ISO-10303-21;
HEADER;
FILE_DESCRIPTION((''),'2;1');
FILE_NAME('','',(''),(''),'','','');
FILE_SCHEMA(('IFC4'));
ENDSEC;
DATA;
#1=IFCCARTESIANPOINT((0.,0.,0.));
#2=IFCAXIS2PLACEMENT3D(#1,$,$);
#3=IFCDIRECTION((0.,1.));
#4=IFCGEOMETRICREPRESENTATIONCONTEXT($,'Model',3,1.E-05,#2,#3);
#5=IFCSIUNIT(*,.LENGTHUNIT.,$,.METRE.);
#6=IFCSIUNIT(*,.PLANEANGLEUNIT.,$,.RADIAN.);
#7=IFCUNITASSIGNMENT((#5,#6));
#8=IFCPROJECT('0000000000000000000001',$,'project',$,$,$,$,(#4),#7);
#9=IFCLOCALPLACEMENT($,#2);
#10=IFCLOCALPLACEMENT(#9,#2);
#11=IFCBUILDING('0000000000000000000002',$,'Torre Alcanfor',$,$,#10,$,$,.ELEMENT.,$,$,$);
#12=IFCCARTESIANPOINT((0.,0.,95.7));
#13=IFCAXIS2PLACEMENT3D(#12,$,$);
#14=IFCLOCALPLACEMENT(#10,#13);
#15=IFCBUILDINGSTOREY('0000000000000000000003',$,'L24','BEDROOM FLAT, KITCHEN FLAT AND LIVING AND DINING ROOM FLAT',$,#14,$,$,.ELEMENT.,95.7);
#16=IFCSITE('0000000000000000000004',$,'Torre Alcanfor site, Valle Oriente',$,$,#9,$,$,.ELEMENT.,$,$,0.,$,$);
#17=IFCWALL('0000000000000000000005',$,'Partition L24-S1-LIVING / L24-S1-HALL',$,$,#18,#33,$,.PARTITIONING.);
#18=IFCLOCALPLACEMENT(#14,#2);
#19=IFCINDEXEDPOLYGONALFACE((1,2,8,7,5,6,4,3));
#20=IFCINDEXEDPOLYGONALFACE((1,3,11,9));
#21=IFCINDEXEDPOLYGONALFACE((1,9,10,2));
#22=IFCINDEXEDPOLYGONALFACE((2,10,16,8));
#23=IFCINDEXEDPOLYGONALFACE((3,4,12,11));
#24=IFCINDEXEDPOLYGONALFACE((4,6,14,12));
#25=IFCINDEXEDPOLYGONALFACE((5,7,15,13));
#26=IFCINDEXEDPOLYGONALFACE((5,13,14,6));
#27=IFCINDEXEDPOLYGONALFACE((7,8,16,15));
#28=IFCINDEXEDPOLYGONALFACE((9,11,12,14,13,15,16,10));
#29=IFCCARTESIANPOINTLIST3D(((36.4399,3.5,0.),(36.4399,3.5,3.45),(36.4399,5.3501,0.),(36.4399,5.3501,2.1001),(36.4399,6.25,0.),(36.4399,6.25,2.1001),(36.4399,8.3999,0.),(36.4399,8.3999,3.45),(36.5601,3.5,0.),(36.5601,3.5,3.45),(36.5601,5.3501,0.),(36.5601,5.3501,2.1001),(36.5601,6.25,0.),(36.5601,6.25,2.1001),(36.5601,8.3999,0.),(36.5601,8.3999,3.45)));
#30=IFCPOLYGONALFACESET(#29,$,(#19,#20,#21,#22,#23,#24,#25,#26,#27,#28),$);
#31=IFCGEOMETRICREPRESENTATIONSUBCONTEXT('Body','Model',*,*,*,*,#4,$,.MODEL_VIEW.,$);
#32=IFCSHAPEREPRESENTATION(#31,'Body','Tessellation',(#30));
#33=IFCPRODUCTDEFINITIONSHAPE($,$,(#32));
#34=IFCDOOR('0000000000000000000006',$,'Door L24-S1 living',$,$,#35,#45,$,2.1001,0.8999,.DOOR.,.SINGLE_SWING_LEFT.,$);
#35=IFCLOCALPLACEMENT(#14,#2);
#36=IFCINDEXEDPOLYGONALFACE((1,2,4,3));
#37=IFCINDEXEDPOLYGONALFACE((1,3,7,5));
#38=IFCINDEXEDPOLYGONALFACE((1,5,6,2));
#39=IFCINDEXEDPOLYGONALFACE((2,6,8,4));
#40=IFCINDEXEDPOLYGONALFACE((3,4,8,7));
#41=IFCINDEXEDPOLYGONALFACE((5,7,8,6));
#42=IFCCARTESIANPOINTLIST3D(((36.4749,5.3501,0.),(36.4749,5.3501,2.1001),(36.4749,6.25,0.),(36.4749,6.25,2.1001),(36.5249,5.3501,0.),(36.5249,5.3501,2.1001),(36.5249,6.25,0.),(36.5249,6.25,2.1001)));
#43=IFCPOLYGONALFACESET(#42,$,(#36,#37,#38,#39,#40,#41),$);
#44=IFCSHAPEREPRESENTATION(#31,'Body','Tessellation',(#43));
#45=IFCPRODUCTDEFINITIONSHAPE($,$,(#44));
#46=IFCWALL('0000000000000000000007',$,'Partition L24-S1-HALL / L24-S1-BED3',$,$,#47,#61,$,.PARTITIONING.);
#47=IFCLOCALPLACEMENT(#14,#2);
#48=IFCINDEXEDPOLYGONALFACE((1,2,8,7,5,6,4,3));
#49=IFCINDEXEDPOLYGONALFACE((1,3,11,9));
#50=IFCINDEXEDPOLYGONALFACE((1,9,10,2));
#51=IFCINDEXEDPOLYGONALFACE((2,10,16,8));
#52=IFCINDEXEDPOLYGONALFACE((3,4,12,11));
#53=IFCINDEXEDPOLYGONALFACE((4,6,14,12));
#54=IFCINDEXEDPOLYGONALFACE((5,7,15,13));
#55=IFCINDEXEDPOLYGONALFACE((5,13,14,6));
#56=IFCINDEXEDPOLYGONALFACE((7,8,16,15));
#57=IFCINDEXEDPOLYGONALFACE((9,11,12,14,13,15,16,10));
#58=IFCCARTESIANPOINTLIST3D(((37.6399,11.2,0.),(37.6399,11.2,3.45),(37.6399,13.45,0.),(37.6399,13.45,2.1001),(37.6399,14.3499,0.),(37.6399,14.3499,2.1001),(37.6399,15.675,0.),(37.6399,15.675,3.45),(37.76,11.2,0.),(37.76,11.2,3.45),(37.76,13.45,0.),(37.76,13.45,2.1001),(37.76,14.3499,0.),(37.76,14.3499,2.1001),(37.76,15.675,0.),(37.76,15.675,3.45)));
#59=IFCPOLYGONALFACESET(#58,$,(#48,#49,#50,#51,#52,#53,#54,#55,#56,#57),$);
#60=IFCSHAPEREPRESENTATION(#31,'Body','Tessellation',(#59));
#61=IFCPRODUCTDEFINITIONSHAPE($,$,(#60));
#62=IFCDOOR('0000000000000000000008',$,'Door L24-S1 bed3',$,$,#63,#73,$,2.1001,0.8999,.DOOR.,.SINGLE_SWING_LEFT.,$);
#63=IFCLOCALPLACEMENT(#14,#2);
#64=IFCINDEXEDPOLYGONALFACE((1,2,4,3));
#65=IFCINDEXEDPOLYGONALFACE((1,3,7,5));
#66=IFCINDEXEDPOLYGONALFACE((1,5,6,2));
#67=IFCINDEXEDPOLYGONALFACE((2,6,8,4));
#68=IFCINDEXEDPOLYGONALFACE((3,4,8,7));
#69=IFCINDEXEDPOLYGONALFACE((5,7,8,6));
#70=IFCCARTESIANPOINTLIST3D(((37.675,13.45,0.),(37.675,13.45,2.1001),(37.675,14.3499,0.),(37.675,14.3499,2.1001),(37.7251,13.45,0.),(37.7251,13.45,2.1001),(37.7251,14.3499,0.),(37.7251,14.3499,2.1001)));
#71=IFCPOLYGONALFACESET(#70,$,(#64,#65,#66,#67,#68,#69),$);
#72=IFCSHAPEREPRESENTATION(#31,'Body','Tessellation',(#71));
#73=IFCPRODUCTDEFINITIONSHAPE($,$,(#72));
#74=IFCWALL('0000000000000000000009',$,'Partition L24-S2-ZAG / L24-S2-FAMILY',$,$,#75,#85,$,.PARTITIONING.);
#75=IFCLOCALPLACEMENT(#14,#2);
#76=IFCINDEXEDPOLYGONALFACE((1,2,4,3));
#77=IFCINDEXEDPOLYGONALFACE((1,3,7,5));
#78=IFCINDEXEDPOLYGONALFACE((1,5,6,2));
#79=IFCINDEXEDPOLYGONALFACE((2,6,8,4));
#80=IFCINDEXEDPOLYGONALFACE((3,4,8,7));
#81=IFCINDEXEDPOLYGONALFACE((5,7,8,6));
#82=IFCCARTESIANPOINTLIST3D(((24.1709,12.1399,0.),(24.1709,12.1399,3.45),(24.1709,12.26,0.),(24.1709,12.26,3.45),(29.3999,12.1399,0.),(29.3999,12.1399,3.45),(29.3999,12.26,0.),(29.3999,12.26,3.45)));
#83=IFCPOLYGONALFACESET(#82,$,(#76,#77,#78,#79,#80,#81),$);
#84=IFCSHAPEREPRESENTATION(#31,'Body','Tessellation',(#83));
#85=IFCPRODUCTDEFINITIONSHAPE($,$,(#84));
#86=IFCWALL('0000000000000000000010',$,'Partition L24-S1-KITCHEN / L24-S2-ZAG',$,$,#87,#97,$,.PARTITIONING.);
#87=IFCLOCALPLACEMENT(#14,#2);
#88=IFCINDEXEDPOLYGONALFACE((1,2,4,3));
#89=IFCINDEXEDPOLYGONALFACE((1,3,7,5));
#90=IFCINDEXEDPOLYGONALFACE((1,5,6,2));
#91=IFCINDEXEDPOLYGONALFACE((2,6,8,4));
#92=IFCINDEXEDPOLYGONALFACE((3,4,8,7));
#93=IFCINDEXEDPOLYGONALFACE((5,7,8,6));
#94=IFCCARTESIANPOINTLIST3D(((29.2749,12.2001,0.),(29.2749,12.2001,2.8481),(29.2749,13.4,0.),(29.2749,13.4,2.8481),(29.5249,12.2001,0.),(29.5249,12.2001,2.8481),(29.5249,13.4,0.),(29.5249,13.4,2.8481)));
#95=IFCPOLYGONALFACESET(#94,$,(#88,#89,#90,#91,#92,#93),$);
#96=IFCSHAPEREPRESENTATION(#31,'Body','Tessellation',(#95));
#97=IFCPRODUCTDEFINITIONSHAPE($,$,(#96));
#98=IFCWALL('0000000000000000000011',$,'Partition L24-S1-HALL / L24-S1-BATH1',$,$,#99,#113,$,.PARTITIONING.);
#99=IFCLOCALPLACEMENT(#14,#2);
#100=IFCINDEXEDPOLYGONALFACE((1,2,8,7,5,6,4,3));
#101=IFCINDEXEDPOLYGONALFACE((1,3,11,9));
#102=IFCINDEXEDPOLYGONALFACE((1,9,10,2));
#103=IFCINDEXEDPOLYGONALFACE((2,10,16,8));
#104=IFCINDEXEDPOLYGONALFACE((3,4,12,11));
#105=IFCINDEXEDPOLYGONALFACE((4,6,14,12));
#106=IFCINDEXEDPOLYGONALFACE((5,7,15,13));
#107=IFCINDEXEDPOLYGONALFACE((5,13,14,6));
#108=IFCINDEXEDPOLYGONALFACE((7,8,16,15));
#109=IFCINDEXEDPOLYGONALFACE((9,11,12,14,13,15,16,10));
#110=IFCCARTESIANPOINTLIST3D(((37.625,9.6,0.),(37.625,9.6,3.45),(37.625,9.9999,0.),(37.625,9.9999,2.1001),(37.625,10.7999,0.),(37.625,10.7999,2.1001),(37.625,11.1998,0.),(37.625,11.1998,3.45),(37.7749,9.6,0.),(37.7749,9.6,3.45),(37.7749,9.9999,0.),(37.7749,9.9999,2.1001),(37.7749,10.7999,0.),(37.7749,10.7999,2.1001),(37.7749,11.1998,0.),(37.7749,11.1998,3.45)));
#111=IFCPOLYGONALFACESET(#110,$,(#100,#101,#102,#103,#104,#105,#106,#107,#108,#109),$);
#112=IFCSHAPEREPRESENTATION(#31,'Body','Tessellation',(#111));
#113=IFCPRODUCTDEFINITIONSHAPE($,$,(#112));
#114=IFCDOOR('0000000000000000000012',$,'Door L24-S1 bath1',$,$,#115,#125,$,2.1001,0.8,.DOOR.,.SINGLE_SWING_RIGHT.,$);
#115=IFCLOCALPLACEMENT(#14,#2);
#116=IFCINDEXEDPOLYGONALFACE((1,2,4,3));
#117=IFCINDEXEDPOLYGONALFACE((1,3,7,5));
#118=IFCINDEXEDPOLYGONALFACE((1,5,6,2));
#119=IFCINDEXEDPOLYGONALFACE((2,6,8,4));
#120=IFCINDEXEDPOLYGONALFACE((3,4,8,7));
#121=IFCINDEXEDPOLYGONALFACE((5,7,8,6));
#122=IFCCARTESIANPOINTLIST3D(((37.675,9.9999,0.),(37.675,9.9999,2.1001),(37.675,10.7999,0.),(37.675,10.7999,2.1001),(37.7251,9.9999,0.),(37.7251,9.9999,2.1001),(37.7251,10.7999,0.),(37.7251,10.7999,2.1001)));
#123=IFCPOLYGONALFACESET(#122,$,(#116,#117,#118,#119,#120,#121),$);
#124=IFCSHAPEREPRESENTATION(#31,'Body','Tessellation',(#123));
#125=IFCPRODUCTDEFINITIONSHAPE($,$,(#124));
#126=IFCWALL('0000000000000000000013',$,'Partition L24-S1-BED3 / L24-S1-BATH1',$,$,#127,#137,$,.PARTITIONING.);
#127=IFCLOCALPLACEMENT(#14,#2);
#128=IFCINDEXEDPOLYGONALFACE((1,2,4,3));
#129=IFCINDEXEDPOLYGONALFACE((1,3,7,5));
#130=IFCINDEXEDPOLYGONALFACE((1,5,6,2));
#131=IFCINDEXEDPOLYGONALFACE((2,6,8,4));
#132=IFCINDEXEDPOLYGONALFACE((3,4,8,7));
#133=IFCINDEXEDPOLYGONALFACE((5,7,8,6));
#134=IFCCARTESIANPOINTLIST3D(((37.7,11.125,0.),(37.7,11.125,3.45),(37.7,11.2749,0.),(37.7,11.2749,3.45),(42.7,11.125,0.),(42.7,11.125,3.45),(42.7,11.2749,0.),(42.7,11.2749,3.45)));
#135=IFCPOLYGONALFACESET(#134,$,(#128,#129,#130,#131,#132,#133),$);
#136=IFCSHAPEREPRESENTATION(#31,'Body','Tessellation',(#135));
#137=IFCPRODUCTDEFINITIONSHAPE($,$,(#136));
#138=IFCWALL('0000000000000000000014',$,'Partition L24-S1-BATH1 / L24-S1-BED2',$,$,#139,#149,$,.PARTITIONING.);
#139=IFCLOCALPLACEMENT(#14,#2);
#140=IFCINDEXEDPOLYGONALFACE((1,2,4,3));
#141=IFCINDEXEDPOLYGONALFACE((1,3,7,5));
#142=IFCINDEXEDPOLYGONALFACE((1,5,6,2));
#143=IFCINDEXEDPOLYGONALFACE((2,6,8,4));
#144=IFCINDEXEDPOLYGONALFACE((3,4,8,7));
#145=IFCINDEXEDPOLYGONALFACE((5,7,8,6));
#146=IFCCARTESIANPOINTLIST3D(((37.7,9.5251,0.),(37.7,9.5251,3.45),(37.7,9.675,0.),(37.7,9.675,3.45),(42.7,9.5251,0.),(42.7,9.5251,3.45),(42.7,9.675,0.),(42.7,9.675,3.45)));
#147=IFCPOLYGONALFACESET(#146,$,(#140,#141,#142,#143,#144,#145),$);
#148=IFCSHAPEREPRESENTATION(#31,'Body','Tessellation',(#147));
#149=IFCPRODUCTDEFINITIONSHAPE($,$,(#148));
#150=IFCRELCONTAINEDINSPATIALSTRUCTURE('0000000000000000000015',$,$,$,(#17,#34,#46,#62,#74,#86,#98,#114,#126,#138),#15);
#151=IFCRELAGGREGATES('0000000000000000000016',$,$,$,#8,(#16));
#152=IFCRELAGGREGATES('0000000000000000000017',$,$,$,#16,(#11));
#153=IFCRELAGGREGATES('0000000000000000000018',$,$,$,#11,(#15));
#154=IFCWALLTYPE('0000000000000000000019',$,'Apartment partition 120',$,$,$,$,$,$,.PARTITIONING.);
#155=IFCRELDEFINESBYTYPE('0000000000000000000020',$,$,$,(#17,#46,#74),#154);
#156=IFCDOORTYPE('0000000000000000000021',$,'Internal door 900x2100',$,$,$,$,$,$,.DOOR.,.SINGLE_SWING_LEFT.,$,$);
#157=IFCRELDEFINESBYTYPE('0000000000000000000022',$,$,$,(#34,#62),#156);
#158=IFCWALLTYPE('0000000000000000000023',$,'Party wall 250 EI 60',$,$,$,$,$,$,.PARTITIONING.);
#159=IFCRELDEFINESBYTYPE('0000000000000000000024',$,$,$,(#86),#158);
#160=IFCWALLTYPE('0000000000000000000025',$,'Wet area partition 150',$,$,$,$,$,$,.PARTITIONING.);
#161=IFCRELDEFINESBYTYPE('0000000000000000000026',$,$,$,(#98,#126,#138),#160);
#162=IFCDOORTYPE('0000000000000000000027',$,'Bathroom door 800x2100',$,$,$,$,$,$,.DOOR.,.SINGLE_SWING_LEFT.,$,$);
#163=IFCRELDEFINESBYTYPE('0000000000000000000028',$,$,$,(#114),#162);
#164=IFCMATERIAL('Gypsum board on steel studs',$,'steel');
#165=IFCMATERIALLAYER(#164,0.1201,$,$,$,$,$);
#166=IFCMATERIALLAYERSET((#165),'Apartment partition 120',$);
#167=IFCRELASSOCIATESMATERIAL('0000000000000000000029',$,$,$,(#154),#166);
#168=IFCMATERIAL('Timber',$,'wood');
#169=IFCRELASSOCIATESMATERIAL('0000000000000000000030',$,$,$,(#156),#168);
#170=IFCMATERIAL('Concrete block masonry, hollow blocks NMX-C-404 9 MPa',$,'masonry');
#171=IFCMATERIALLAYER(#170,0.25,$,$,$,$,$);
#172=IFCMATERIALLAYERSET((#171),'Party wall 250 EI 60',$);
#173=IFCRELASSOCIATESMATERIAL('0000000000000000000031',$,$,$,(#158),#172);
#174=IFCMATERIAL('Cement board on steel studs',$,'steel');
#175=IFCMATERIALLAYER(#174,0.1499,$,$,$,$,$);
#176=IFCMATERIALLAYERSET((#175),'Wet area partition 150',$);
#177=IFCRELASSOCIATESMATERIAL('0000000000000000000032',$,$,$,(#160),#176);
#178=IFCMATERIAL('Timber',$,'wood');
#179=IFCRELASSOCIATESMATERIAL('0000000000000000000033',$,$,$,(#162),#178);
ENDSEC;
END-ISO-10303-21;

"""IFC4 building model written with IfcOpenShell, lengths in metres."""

from ifc_helpers import new_model, si_unit, direction, frame, frame_2d, origin, place, context, subcontext, project, spatial, rectangle, extrude, material, layer, layer_set, type_object, element, fill, save


model = new_model("IFC4")

# Units and contexts
model_context = context("Model", 3, precision=1e-05, world=origin(), true_north=direction((0.0, 1.0)))
body_context = subcontext(model_context, "Body", "Model", "MODEL_VIEW")
ifc_project = project(units=[si_unit("LENGTHUNIT", "METRE"), si_unit("PLANEANGLEUNIT", "RADIAN")], contexts=[model_context])

# Site, building, storey
site_placement = place(None, origin())
site = spatial("IfcSite", under=ifc_project, at=site_placement, Name="Torre Alcanfor site, Valle Oriente", CompositionType="ELEMENT", RefElevation=0.0)
building_placement = place(site_placement, origin())
building = spatial("IfcBuilding", under=site, at=building_placement, Name="Torre Alcanfor", CompositionType="ELEMENT")
storey_placement = place(building_placement, frame((0.0, 0.0, 95.7)))
storey = spatial("IfcBuildingStorey", under=building, at=storey_placement, Name="L24", Description="BEDROOM FLAT, KITCHEN FLAT AND LIVING AND DINING ROOM FLAT", CompositionType="ELEMENT", Elevation=95.7)

# Shared definitions
ifc_material_1 = material(Name="Gypsum board on steel studs", Category="steel")
ifc_layer_1 = layer(ifc_material_1, 0.1201)
ifc_layer_set_1 = layer_set([ifc_layer_1], Name="Apartment partition 120")
wall_type_1 = type_object("IfcWallType", Name="Apartment partition 120", PredefinedType="PARTITIONING", material=ifc_layer_set_1)
ifc_material_2 = material(Name="Timber", Category="wood")
door_type_1 = type_object("IfcDoorType", Name="Internal door 900x2100", OperationType="SINGLE_SWING_LEFT", PredefinedType="DOOR", material=ifc_material_2)

# Walls, openings, doors
wall_1_placement = place(storey_placement, frame((36.5, 8.3999, 0.0), z_axis=(0.0, 0.0, 1.0), x_axis=(0.0, -1.0, 0.0)))
wall_1 = element("IfcWall", 1, at=wall_1_placement, inside=storey, type_object=wall_type_1, Name="Partition L24-S1-LIVING / L24-S1-HALL", PredefinedType="PARTITIONING", context=body_context, shape_type="SweptSolid", body=[
    extrude(rectangle(XDim=4.8999, YDim=0.1201, at=frame_2d((2.45, 0.0))), origin(), (0.0, 0.0, 1.0), 3.45),
])
opening_1_placement = place(wall_1_placement, frame((2.1499, 0.0, 0.0)))
opening_1 = element("IfcOpeningElement", 2, at=opening_1_placement, cuts=wall_1, PredefinedType="OPENING", context=body_context, shape_type="SweptSolid", body=[
    extrude(rectangle(XDim=0.8999, YDim=2.1001, at=frame_2d((0.45, 1.05))), frame((0.0, 0.0701, 0.0), z_axis=(0.0, -1.0, 0.0), x_axis=(1.0, 0.0, 0.0)), (0.0, 0.0, 1.0), 0.1401),
])
door_1_placement = place(opening_1_placement, frame((0.8999, 0.0, 0.0), z_axis=(0.0, 0.0, 1.0), x_axis=(-1.0, 0.0, 0.0)))
door_1 = element("IfcDoor", 3, at=door_1_placement, inside=storey, type_object=door_type_1, Name="Door L24-S1 living", OperationType="SINGLE_SWING_LEFT", OverallHeight=2.1001, OverallWidth=0.8999, PredefinedType="DOOR", context=body_context, shape_type="SweptSolid", body=[
    extrude(rectangle(XDim=0.8999, YDim=2.1001, at=frame_2d((0.45, 1.05))), frame((0.0, 0.0251, 0.0), z_axis=(0.0, -1.0, 0.0), x_axis=(1.0, 0.0, 0.0)), (0.0, 0.0, 1.0), 0.05),
])
fill(opening_1, door_1)
wall_2_placement = place(storey_placement, frame((37.7, 11.2, 0.0), z_axis=(0.0, 0.0, 1.0), x_axis=(0.0, 1.0, 0.0)))
wall_2 = element("IfcWall", 4, at=wall_2_placement, inside=storey, type_object=wall_type_1, Name="Partition L24-S1-HALL / L24-S1-BED3", PredefinedType="PARTITIONING", context=body_context, shape_type="SweptSolid", body=[
    extrude(rectangle(XDim=4.4751, YDim=0.1201, at=frame_2d((2.2375, 0.0))), origin(), (0.0, 0.0, 1.0), 3.45),
])
opening_2_placement = place(wall_2_placement, frame((2.25, 0.0, 0.0)))
opening_2 = element("IfcOpeningElement", 5, at=opening_2_placement, cuts=wall_2, PredefinedType="OPENING", context=body_context, shape_type="SweptSolid", body=[
    extrude(rectangle(XDim=0.8999, YDim=2.1001, at=frame_2d((0.45, 1.05))), frame((0.0, 0.0701, 0.0), z_axis=(0.0, -1.0, 0.0), x_axis=(1.0, 0.0, 0.0)), (0.0, 0.0, 1.0), 0.1401),
])
door_2_placement = place(opening_2_placement, frame((0.8999, 0.0, 0.0), z_axis=(0.0, 0.0, 1.0), x_axis=(-1.0, 0.0, 0.0)))
door_2 = element("IfcDoor", 6, at=door_2_placement, inside=storey, type_object=door_type_1, Name="Door L24-S1 bed3", OperationType="SINGLE_SWING_LEFT", OverallHeight=2.1001, OverallWidth=0.8999, PredefinedType="DOOR", context=body_context, shape_type="SweptSolid", body=[
    extrude(rectangle(XDim=0.8999, YDim=2.1001, at=frame_2d((0.45, 1.05))), frame((0.0, 0.0251, 0.0), z_axis=(0.0, -1.0, 0.0), x_axis=(1.0, 0.0, 0.0)), (0.0, 0.0, 1.0), 0.05),
])
fill(opening_2, door_2)

# Walls
wall_3_placement = place(storey_placement, frame((29.3999, 12.2, 0.0), z_axis=(0.0, 0.0, 1.0), x_axis=(-1.0, 0.0, 0.0)))
element("IfcWall", 7, at=wall_3_placement, inside=storey, type_object=wall_type_1, Name="Partition L24-S2-ZAG / L24-S2-FAMILY", PredefinedType="PARTITIONING", context=body_context, shape_type="SweptSolid", body=[
    extrude(rectangle(XDim=5.229, YDim=0.1201, at=frame_2d((2.6145, 0.0))), origin(), (0.0, 0.0, 1.0), 3.45),
])
ifc_material_3 = material(Name="Concrete block masonry, hollow blocks NMX-C-404 9 MPa", Category="masonry")
ifc_layer_2 = layer(ifc_material_3, 0.25)
ifc_layer_set_2 = layer_set([ifc_layer_2], Name="Party wall 250 EI 60")
wall_type_2 = type_object("IfcWallType", Name="Party wall 250 EI 60", PredefinedType="PARTITIONING", material=ifc_layer_set_2)
wall_4_placement = place(storey_placement, frame((29.3999, 12.2, 0.0), z_axis=(0.0, 0.0, 1.0), x_axis=(0.0, 1.0, 0.0)))
element("IfcWall", 8, at=wall_4_placement, inside=storey, type_object=wall_type_2, Name="Partition L24-S1-KITCHEN / L24-S2-ZAG", PredefinedType="PARTITIONING", context=body_context, shape_type="SweptSolid", body=[
    extrude(rectangle(XDim=1.2, YDim=0.25, at=frame_2d((0.6001, 0.0))), origin(), (0.0, 0.0, 1.0), 2.8481),
])

# Wall, opening, door
ifc_material_4 = material(Name="Cement board on steel studs", Category="steel")
ifc_layer_3 = layer(ifc_material_4, 0.1499)
ifc_layer_set_3 = layer_set([ifc_layer_3], Name="Wet area partition 150")
wall_type_3 = type_object("IfcWallType", Name="Wet area partition 150", PredefinedType="PARTITIONING", material=ifc_layer_set_3)
wall_5_placement = place(storey_placement, frame((37.7, 9.6001, 0.0), z_axis=(0.0, 0.0, 1.0), x_axis=(0.0, 1.0, 0.0)))
wall_5 = element("IfcWall", 9, at=wall_5_placement, inside=storey, type_object=wall_type_3, Name="Partition L24-S1-HALL / L24-S1-BATH1", PredefinedType="PARTITIONING", context=body_context, shape_type="SweptSolid", body=[
    extrude(rectangle(XDim=1.5999, YDim=0.1499, at=frame_2d((0.7998, 0.0))), origin(), (0.0, 0.0, 1.0), 3.45),
])
opening_3_placement = place(wall_5_placement, frame((0.3999, 0.0, 0.0)))
opening_3 = element("IfcOpeningElement", 10, at=opening_3_placement, cuts=wall_5, PredefinedType="OPENING", context=body_context, shape_type="SweptSolid", body=[
    extrude(rectangle(XDim=0.8, YDim=2.1001, at=frame_2d((0.3999, 1.05))), frame((0.0, 0.085, 0.0), z_axis=(0.0, -1.0, 0.0), x_axis=(1.0, 0.0, 0.0)), (0.0, 0.0, 1.0), 0.1699),
])
ifc_material_5 = material(Name="Timber", Category="wood")
door_type_2 = type_object("IfcDoorType", Name="Bathroom door 800x2100", OperationType="SINGLE_SWING_LEFT", PredefinedType="DOOR", material=ifc_material_5)
door_3_placement = place(opening_3_placement, frame((0.8, 0.0, 0.0), z_axis=(0.0, 0.0, 1.0), x_axis=(-1.0, 0.0, 0.0)))
door_3 = element("IfcDoor", 11, at=door_3_placement, inside=storey, type_object=door_type_2, Name="Door L24-S1 bath1", OperationType="SINGLE_SWING_RIGHT", OverallHeight=2.1001, OverallWidth=0.8, PredefinedType="DOOR", context=body_context, shape_type="SweptSolid", body=[
    extrude(rectangle(XDim=0.8, YDim=2.1001, at=frame_2d((0.4001, 1.05))), frame((0.0, 0.0251, 0.0), z_axis=(0.0, -1.0, 0.0), x_axis=(1.0, 0.0, 0.0)), (0.0, 0.0, 1.0), 0.05),
])
fill(opening_3, door_3)

# Walls
for number, where, z_axis, x_axis, name in (
    (12, (37.7, 11.2, 0.0), (0.0, 0.0, 1.0), (1.0, 0.0, 0.0), "Partition L24-S1-BED3 / L24-S1-BATH1"),
    (13, (37.7, 9.6001, 0.0), (0.0, 0.0, 1.0), (1.0, 0.0, 0.0), "Partition L24-S1-BATH1 / L24-S1-BED2"),
):
    element("IfcWall", number, at=place(storey_placement, frame(where, z_axis=z_axis, x_axis=x_axis)), inside=storey, type_object=wall_type_3, Name=name, PredefinedType="PARTITIONING", context=body_context, shape_type="SweptSolid", body=[
        extrude(rectangle(XDim=5.0, YDim=0.1499, at=frame_2d((2.5, 0.0))), origin(), (0.0, 0.0, 1.0), 3.45),
    ])

save(model, "model.ifc")
